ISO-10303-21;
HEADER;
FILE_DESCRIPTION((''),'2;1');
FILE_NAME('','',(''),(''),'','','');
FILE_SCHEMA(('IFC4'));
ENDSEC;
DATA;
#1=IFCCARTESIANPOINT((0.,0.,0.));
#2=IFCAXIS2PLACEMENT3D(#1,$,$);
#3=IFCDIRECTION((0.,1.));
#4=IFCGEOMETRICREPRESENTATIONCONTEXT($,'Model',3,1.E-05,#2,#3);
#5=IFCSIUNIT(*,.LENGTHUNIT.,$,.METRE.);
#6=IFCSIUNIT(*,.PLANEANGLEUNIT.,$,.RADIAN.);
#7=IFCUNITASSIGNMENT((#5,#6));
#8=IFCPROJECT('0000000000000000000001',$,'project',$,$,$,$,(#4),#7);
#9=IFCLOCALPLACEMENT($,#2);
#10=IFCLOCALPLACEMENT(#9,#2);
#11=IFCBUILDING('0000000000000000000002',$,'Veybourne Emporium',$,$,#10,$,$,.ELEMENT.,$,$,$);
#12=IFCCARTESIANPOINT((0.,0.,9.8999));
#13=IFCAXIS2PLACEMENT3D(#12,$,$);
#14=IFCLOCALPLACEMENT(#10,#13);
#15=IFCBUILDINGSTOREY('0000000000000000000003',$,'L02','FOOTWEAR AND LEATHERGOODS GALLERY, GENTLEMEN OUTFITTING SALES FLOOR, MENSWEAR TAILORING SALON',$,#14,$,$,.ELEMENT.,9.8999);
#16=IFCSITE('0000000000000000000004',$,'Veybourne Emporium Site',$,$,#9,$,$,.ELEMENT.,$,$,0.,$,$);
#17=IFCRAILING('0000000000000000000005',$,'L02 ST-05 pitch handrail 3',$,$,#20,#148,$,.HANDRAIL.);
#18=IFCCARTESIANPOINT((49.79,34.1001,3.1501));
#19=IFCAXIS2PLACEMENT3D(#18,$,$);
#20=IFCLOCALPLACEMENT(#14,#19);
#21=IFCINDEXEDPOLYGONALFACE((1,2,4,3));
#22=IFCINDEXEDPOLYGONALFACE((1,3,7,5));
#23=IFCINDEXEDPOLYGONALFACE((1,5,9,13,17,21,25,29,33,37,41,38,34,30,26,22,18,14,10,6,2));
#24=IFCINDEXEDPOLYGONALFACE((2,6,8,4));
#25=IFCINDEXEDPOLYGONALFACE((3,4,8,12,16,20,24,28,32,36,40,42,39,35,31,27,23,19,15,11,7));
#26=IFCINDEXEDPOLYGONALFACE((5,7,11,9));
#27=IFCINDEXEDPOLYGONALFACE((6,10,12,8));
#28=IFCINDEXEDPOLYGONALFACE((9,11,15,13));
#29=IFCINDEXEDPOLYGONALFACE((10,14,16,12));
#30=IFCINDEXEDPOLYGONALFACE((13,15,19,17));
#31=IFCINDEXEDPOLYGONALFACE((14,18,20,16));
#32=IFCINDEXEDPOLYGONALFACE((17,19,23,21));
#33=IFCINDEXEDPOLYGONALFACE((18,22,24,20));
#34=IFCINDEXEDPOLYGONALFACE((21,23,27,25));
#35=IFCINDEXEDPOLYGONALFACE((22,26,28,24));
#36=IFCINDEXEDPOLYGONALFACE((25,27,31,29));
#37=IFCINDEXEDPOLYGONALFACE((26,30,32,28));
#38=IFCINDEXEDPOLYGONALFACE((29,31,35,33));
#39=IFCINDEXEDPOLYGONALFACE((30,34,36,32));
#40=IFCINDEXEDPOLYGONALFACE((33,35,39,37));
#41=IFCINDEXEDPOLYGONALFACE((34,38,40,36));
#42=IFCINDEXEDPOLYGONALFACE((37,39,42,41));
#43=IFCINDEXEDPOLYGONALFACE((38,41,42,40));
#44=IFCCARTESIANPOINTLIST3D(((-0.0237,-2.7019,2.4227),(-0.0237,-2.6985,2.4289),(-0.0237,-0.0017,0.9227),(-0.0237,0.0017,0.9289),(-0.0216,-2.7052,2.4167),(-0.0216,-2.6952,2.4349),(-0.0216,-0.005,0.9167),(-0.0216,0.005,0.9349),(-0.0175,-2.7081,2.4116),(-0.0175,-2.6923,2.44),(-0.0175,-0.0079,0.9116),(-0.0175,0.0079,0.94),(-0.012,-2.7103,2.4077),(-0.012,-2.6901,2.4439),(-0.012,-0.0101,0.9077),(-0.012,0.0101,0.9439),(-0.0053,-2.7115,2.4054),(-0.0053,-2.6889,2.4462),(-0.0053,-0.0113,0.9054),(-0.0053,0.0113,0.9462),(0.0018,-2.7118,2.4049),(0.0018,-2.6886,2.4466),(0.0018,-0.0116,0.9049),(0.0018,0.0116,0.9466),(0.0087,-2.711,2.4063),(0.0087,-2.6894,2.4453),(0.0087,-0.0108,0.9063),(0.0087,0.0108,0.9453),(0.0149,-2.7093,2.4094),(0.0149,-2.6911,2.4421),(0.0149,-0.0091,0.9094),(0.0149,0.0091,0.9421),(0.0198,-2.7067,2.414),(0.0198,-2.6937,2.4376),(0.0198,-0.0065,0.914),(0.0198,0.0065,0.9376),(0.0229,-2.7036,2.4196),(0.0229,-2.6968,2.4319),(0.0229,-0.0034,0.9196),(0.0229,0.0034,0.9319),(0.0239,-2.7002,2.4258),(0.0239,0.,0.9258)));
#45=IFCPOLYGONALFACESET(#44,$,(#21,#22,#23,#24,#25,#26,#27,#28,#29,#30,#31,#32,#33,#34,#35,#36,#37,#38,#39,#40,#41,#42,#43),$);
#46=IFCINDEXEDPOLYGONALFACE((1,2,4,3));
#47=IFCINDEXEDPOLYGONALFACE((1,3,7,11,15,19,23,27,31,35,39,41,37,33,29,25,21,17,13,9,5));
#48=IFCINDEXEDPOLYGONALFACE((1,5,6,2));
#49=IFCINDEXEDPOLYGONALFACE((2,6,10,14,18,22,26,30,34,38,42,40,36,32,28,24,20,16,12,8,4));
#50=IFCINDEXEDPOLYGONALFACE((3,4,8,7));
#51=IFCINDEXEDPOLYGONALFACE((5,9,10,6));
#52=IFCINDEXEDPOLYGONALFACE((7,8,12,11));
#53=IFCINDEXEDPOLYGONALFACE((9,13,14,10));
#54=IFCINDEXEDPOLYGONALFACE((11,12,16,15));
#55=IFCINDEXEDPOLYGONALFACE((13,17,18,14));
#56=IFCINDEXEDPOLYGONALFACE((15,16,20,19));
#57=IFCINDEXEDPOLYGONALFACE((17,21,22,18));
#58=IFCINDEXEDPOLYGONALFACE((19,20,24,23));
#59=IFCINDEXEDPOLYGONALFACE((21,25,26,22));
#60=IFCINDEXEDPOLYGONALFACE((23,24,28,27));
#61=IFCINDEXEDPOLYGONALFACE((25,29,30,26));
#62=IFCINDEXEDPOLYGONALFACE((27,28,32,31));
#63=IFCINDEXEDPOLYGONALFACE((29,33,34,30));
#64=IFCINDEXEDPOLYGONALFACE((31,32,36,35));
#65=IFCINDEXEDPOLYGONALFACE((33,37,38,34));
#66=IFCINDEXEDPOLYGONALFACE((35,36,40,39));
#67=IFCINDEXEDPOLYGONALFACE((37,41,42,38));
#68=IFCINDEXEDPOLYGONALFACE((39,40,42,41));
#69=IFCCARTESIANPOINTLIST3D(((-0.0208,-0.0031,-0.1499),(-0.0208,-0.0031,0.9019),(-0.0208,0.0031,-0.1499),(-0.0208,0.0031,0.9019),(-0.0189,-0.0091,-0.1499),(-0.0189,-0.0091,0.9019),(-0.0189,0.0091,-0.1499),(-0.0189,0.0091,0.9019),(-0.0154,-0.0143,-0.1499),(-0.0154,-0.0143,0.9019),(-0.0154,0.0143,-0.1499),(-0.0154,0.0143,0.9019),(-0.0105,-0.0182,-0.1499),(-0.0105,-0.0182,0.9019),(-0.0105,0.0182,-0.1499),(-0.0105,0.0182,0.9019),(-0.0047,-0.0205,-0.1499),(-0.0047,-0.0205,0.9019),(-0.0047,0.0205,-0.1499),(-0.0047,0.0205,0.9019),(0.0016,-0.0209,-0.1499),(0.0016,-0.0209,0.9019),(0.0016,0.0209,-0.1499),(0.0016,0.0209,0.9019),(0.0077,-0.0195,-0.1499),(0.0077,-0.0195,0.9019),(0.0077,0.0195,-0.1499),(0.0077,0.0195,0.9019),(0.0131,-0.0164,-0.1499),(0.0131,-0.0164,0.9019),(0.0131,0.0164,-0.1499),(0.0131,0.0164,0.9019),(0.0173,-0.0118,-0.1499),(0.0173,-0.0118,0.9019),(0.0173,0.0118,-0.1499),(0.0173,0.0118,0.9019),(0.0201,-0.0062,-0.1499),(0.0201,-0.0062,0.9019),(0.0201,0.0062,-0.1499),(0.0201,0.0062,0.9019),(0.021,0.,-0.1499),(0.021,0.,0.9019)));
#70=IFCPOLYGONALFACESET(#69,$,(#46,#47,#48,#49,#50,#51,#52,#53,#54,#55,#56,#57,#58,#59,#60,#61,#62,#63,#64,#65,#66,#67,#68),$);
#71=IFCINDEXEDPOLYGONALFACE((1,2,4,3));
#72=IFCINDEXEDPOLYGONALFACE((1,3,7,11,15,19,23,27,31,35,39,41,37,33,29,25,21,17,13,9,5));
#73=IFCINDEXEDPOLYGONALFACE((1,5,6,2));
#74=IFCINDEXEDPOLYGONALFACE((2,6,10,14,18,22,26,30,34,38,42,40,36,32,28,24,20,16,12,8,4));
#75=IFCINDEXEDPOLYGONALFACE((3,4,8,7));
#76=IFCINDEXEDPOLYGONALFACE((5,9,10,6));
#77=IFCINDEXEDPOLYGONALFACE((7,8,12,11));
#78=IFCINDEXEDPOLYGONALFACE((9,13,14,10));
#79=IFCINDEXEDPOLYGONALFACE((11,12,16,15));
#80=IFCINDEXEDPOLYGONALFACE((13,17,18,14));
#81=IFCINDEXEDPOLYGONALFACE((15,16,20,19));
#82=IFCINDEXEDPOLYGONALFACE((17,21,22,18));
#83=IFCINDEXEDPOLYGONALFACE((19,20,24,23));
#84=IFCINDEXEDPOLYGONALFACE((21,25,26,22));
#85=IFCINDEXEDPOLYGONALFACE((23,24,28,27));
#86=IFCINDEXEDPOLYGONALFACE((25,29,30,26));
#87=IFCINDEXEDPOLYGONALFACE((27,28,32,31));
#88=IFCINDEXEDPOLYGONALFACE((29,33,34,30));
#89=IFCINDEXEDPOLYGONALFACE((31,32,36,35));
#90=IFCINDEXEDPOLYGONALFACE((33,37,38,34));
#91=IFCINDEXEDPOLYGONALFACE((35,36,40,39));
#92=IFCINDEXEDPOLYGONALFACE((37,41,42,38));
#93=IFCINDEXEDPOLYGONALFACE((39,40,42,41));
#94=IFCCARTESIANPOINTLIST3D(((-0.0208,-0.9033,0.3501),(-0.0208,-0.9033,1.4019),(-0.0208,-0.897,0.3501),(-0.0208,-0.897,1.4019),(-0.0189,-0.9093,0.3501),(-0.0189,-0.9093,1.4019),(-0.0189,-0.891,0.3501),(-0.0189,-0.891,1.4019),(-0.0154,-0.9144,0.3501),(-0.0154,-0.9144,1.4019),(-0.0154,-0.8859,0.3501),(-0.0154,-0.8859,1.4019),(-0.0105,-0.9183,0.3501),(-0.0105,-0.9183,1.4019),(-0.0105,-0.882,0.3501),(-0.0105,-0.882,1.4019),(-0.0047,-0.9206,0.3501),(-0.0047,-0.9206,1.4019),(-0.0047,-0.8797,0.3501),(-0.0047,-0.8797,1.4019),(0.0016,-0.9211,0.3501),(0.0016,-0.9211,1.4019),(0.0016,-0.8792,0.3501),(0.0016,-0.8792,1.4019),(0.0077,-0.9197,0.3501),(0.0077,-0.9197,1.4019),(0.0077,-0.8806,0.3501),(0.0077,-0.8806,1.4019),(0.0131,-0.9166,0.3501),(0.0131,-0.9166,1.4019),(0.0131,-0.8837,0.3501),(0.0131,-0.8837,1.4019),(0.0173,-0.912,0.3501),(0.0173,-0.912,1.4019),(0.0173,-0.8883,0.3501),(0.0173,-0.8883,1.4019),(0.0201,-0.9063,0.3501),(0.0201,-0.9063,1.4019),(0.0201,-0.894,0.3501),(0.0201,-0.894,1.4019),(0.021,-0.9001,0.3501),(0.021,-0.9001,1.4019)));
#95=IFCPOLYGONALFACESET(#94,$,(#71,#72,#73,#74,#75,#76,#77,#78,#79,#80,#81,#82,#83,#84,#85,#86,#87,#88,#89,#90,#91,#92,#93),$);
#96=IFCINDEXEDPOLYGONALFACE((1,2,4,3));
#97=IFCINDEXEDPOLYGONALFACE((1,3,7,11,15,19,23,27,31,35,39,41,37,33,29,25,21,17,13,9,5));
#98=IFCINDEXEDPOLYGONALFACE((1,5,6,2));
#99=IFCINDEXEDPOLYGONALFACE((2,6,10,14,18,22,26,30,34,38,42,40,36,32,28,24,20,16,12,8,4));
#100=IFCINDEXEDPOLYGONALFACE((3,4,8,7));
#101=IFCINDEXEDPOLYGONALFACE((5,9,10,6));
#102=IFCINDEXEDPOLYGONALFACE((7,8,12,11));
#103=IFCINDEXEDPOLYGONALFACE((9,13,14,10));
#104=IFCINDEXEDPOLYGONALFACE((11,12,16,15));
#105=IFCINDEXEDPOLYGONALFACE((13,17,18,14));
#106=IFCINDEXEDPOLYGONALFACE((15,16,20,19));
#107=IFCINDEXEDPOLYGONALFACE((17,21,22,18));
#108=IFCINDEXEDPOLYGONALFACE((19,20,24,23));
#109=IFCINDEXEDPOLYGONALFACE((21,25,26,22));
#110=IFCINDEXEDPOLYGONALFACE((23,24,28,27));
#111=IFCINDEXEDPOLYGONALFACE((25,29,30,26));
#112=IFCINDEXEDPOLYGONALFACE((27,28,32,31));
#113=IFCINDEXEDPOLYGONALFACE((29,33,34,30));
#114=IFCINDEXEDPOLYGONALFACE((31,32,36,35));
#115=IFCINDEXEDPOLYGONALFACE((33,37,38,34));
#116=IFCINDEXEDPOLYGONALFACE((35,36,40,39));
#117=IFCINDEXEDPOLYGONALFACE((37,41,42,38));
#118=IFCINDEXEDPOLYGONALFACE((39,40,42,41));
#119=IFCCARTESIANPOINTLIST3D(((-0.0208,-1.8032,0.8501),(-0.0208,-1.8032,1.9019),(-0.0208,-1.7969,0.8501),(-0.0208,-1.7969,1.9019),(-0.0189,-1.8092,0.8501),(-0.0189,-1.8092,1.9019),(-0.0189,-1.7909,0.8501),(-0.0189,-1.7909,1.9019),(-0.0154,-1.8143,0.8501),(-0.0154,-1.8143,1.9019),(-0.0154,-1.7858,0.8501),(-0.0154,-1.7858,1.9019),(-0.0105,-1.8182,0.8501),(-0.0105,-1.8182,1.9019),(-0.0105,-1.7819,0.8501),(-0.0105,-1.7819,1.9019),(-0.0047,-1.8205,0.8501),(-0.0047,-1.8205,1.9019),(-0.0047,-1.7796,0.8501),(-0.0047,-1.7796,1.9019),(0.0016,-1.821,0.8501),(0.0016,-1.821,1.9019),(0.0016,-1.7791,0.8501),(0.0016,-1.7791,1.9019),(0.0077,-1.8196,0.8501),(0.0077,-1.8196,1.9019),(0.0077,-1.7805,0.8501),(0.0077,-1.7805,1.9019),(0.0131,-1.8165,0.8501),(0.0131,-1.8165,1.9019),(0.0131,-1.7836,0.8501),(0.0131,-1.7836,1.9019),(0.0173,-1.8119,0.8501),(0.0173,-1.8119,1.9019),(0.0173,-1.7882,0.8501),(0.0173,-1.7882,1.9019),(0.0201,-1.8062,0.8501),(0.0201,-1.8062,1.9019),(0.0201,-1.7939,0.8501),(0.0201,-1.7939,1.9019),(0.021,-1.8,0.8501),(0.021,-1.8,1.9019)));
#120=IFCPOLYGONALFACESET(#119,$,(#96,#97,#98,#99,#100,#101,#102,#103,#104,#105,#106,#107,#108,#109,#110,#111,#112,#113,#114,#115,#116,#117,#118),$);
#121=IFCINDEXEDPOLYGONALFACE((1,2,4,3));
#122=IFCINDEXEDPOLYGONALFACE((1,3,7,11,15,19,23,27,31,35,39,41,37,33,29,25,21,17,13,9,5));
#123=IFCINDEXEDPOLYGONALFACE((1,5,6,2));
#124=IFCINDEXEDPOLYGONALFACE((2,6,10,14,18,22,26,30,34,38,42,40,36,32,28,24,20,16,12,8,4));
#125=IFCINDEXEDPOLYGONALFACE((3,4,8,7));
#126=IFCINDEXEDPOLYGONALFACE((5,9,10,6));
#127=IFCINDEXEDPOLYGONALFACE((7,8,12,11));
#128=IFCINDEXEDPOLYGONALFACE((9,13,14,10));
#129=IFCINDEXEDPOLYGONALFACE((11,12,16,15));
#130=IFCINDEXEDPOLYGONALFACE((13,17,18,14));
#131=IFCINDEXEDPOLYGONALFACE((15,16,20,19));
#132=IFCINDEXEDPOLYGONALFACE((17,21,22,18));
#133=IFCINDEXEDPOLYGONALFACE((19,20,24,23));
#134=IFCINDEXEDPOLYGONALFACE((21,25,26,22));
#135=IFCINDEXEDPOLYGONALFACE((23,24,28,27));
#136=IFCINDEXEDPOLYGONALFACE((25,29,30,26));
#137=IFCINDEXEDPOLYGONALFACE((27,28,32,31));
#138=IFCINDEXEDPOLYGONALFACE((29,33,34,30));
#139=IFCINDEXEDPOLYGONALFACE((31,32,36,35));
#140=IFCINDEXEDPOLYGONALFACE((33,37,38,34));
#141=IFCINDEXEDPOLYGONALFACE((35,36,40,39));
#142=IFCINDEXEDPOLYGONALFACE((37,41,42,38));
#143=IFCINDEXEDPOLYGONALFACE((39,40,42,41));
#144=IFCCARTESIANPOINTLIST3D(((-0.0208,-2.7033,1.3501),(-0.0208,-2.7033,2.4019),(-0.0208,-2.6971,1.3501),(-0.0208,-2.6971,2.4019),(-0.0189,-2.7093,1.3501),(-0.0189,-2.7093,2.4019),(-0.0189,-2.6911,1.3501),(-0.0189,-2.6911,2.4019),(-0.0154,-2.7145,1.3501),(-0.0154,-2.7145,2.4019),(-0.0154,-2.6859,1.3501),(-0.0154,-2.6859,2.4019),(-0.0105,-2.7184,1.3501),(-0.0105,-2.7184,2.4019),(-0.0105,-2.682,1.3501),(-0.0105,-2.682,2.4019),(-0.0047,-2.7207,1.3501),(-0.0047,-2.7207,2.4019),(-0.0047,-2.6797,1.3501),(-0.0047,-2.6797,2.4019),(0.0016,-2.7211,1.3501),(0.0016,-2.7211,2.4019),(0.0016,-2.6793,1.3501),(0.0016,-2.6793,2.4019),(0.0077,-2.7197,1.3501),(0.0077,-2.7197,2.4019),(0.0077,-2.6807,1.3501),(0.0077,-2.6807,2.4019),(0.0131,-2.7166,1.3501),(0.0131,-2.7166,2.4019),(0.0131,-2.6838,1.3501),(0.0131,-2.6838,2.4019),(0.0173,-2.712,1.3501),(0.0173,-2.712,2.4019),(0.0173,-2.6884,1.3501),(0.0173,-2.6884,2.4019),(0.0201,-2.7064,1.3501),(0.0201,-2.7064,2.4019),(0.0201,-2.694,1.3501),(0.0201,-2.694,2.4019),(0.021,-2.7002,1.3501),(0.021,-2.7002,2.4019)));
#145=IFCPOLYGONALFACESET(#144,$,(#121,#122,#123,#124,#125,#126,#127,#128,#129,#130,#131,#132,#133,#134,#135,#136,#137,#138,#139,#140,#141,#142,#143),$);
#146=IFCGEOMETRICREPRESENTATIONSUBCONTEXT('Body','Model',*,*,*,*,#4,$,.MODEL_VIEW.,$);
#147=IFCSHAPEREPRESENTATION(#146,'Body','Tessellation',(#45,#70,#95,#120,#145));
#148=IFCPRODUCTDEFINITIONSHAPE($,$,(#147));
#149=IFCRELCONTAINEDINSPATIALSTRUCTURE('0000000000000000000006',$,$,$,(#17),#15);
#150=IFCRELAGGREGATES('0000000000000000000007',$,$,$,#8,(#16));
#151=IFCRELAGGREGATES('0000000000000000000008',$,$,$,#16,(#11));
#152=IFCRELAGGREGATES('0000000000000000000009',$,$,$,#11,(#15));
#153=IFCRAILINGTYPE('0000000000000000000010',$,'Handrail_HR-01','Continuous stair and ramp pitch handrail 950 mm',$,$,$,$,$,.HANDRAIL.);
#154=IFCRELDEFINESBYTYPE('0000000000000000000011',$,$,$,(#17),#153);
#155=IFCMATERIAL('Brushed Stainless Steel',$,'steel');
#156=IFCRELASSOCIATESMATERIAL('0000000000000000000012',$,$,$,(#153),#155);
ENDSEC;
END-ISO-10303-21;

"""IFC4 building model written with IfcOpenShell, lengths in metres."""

from ifc_helpers import new_model, si_unit, direction, frame, origin, origin_2d, place, context, subcontext, project, spatial, circle, extrude, material, type_object, element, save


model = new_model("IFC4")

# Units and contexts
model_context = context("Model", 3, precision=1e-05, world=origin(), true_north=direction((0.0, 1.0)))
body_context = subcontext(model_context, "Body", "Model", "MODEL_VIEW")
ifc_project = project(units=[si_unit("LENGTHUNIT", "METRE"), si_unit("PLANEANGLEUNIT", "RADIAN")], contexts=[model_context])

# Site, building, storey
site_placement = place(None, origin())
site = spatial("IfcSite", under=ifc_project, at=site_placement, Name="Veybourne Emporium Site", CompositionType="ELEMENT", RefElevation=0.0)
building_placement = place(site_placement, origin())
building = spatial("IfcBuilding", under=site, at=building_placement, Name="Veybourne Emporium", CompositionType="ELEMENT")
storey_placement = place(building_placement, frame((0.0, 0.0, 9.8999)))
storey = spatial("IfcBuildingStorey", under=building, at=storey_placement, Name="L02", Description="FOOTWEAR AND LEATHERGOODS GALLERY, GENTLEMEN OUTFITTING SALES FLOOR, MENSWEAR TAILORING SALON", CompositionType="ELEMENT", Elevation=9.8999)

# Railing
ifc_material_1 = material(Name="Brushed Stainless Steel", Category="steel")
railing_type_1 = type_object("IfcRailingType", Name="Handrail_HR-01", Description="Continuous stair and ramp pitch handrail 950 mm", PredefinedType="HANDRAIL", material=ifc_material_1)
railing_1_placement = place(storey_placement, frame((49.79, 34.1001, 3.1501)))
element("IfcRailing", 1, at=railing_1_placement, inside=storey, type_object=railing_type_1, Name="L02 ST-05 pitch handrail 3", PredefinedType="HANDRAIL", context=body_context, shape_type="SweptSolid", body=[
    extrude(circle(Radius=0.0239, at=origin_2d()), frame((0.0, 0.0, 0.9258), z_axis=(0.0, -0.874172, 0.485616), x_axis=(1.0, 0.0, 0.0)), (0.0, 0.0, 1.0), 3.0889),
    extrude(circle(Radius=0.021, at=origin_2d()), frame((0.0, 0.0, -0.1499)), (0.0, 0.0, 1.0), 1.0518),
    extrude(circle(Radius=0.021, at=origin_2d()), frame((0.0, -0.9001, 0.3501)), (0.0, 0.0, 1.0), 1.0518),
    extrude(circle(Radius=0.021, at=origin_2d()), frame((0.0, -1.8, 0.8501)), (0.0, 0.0, 1.0), 1.0518),
    extrude(circle(Radius=0.021, at=origin_2d()), frame((0.0, -2.7002, 1.3501)), (0.0, 0.0, 1.0), 1.0518),
])

save(model, "model.ifc")
